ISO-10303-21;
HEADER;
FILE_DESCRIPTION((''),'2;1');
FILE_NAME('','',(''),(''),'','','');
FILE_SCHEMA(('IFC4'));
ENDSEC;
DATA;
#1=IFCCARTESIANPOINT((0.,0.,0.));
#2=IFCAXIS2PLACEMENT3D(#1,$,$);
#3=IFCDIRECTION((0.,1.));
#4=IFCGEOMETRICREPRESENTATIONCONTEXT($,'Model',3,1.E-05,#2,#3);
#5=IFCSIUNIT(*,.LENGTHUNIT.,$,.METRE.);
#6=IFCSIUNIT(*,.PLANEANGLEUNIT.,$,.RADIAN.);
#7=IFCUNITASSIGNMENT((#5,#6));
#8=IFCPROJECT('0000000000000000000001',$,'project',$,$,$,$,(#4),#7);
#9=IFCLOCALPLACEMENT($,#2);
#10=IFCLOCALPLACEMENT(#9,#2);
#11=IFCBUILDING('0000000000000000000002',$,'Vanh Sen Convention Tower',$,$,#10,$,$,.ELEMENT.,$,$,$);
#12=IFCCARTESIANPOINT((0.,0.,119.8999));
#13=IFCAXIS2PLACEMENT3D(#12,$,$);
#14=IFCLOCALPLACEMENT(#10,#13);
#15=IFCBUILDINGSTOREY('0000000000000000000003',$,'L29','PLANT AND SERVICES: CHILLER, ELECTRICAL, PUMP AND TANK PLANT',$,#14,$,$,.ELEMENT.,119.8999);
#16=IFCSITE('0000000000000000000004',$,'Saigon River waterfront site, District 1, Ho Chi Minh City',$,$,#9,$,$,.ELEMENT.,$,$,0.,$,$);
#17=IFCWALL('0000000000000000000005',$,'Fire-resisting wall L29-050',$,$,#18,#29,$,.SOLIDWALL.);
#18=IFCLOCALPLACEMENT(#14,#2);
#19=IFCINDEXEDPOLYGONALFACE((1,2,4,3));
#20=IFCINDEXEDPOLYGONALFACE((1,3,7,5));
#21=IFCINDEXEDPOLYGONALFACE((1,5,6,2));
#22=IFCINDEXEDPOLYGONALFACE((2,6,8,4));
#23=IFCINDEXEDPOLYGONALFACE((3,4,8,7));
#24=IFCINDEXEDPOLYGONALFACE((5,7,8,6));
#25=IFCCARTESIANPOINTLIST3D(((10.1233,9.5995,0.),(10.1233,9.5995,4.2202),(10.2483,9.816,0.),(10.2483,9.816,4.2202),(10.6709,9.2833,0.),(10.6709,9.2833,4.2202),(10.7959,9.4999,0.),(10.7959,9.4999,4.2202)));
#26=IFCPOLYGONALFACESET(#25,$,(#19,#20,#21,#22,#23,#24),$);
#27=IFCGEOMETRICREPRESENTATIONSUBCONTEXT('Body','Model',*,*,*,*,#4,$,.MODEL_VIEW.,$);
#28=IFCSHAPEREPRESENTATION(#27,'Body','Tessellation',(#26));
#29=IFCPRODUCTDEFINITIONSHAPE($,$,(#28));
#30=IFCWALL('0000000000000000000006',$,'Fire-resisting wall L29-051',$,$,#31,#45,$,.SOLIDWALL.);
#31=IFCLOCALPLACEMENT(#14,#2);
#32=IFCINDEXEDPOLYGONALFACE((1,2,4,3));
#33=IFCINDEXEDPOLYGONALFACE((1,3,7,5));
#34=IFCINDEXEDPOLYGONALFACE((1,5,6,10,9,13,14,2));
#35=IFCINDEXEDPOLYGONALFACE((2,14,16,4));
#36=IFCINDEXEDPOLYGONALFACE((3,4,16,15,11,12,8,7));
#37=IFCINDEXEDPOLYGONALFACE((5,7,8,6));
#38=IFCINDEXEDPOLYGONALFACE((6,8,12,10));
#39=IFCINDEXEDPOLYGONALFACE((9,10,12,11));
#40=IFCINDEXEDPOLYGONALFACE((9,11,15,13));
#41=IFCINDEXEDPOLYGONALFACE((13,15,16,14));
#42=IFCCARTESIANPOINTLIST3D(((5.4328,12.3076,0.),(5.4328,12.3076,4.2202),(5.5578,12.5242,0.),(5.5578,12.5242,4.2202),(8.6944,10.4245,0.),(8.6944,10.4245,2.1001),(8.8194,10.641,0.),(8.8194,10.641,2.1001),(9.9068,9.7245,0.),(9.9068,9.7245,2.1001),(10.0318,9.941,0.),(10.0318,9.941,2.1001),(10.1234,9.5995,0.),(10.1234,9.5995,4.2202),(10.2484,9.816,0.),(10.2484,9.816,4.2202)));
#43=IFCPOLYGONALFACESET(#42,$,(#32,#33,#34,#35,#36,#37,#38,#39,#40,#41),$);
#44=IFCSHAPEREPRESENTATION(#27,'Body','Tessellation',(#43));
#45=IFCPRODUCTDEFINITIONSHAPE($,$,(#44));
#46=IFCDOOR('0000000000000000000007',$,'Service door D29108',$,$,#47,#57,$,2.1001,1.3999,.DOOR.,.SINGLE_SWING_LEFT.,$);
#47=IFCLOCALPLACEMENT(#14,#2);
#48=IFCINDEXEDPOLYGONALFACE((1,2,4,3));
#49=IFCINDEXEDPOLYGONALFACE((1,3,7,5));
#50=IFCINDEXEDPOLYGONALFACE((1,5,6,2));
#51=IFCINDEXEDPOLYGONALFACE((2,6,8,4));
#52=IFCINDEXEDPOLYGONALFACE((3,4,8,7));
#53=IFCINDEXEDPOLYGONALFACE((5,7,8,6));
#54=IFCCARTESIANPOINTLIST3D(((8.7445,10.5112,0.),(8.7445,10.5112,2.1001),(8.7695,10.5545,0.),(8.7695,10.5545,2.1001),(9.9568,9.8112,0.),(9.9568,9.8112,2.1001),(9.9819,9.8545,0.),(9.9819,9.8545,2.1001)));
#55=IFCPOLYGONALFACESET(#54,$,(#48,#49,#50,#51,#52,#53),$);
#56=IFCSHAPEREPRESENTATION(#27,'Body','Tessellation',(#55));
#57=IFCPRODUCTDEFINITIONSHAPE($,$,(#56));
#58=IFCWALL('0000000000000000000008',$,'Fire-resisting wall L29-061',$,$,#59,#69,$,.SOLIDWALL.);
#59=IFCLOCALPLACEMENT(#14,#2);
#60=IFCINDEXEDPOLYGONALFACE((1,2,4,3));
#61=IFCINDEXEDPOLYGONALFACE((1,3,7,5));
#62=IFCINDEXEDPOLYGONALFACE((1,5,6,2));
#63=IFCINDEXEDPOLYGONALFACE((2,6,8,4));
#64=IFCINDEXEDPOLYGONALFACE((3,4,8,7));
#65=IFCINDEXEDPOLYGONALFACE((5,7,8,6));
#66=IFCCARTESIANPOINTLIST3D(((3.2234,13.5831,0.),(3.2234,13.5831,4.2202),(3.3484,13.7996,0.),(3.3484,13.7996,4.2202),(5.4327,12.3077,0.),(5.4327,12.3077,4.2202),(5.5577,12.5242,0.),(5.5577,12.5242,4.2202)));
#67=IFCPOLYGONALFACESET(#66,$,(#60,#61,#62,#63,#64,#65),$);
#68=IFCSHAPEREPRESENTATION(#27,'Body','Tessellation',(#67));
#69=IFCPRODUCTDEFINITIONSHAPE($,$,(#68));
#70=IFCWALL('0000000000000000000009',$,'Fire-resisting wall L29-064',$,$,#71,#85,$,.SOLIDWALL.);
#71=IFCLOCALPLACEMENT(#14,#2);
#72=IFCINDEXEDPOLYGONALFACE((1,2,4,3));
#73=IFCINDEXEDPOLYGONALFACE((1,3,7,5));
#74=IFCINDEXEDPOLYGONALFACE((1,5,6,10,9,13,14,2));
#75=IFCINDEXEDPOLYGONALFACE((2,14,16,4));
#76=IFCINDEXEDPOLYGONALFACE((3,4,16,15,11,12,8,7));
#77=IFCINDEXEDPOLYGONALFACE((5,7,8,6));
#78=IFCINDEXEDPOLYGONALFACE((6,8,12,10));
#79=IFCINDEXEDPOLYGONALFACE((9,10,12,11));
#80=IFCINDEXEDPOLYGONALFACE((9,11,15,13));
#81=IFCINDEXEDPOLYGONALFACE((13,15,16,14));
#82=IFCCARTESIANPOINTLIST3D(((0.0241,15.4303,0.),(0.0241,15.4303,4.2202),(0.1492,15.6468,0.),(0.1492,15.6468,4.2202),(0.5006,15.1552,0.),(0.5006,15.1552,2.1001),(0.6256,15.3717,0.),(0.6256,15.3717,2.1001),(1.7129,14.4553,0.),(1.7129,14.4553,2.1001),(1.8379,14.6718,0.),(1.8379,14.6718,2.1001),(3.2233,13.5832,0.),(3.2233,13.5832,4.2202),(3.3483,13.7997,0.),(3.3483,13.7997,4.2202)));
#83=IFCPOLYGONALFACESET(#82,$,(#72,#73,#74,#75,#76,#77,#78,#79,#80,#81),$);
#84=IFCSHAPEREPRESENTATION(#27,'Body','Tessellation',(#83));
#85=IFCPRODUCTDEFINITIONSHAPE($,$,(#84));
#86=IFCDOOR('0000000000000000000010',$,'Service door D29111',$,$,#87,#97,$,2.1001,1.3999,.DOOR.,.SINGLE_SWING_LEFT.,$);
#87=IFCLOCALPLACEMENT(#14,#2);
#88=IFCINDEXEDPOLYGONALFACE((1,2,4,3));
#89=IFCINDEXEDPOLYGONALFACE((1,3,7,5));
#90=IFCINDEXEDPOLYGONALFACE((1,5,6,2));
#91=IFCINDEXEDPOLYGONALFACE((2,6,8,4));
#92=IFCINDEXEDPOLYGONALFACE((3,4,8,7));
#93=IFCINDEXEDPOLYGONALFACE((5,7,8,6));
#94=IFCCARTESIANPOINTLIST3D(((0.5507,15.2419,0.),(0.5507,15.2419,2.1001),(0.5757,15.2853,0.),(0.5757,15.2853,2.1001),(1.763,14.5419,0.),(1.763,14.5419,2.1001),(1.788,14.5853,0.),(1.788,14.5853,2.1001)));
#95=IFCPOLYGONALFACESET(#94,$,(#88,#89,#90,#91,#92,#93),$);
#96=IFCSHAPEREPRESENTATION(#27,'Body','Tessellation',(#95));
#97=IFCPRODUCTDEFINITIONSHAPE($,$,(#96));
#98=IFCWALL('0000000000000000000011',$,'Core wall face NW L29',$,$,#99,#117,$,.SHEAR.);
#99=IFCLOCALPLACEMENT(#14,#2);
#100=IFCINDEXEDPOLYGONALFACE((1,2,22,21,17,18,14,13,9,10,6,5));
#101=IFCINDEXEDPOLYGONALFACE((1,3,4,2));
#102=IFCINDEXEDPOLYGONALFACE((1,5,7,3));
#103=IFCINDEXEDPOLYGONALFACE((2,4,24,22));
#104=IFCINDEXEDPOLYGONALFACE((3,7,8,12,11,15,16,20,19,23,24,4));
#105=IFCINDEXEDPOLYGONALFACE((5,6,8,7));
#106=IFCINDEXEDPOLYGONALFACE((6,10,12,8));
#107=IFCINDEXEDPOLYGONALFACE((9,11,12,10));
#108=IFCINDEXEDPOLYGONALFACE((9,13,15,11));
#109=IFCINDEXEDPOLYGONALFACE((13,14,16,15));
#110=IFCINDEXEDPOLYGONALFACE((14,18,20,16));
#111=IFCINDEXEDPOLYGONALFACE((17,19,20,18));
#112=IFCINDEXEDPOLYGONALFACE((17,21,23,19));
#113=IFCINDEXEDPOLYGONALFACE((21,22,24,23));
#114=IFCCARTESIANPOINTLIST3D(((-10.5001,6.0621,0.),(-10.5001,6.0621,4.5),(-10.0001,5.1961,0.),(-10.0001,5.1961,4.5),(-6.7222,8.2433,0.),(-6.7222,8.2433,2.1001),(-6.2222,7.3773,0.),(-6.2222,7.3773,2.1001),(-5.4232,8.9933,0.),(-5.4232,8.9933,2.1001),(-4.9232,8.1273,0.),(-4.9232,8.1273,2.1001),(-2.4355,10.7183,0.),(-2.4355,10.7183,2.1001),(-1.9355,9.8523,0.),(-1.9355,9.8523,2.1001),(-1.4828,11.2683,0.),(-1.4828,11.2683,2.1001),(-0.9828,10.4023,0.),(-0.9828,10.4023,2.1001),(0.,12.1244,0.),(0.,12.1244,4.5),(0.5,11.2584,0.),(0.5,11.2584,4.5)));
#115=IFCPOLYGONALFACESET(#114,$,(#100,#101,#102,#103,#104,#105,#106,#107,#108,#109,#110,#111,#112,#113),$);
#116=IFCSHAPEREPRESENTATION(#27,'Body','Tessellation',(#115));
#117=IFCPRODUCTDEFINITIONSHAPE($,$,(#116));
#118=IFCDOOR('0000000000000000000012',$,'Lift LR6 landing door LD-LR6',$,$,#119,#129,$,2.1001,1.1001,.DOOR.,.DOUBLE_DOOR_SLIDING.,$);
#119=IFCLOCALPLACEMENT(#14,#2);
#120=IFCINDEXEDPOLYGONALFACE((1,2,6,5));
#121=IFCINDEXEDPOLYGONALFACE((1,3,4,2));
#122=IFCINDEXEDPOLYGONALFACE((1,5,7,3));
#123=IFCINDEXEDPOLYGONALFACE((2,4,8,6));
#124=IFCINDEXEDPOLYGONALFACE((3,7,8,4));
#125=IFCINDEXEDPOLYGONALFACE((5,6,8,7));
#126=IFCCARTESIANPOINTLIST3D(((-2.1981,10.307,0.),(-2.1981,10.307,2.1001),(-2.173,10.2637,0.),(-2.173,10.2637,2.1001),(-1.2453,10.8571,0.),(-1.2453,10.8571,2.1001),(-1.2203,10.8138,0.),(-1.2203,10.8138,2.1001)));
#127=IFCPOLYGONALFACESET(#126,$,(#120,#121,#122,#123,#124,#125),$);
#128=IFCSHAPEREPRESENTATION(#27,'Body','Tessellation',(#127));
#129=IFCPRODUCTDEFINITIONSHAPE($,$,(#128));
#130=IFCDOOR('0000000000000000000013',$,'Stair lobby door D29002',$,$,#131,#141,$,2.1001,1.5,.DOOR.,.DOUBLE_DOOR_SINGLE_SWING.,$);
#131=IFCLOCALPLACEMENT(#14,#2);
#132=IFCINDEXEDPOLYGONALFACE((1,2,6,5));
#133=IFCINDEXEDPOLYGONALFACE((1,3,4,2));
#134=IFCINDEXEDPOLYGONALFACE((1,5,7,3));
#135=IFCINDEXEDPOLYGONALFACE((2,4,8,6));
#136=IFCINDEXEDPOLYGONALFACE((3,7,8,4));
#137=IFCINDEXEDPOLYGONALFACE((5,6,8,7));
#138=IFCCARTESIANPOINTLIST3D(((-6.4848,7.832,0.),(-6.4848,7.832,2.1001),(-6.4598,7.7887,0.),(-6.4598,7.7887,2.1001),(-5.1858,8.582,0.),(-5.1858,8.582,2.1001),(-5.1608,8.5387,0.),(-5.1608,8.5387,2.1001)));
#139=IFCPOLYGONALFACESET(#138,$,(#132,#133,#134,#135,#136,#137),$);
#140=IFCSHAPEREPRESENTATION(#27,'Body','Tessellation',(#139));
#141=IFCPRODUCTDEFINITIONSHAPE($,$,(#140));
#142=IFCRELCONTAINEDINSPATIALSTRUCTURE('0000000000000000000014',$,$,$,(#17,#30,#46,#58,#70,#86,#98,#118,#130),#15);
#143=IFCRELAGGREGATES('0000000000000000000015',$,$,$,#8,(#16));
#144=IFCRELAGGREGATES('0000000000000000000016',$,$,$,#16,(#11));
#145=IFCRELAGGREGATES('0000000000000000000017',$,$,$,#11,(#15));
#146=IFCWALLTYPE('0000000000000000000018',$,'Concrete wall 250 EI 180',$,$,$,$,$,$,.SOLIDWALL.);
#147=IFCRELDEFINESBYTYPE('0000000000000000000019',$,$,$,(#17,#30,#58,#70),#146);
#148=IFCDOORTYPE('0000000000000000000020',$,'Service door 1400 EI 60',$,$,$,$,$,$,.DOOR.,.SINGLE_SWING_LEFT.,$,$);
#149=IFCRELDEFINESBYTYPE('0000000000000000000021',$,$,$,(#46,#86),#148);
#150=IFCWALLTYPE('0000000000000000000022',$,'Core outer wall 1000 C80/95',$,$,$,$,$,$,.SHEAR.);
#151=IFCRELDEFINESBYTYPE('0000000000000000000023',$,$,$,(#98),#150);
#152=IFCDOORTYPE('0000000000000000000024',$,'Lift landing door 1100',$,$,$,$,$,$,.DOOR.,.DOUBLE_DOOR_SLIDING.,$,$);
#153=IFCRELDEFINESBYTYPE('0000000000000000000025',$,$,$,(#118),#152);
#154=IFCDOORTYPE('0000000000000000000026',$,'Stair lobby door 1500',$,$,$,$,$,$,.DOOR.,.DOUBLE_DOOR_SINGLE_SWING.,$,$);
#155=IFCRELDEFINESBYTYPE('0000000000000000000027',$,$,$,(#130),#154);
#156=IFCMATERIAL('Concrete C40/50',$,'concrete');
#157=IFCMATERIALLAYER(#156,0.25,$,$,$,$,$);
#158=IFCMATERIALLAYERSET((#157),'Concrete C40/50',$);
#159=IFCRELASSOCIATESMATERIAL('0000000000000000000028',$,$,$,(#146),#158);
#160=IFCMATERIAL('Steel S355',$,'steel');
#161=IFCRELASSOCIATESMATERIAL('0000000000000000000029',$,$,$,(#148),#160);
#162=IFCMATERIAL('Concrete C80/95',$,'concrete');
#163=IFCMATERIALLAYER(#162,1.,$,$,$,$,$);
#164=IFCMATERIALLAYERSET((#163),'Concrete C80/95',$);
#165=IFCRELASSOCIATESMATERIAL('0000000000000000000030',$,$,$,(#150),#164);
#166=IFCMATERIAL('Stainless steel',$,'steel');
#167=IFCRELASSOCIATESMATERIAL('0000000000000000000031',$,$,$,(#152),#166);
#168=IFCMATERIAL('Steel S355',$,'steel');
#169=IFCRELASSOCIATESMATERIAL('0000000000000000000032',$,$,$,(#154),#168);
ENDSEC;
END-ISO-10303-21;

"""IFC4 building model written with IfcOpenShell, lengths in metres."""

from ifc_helpers import new_model, si_unit, direction, frame, frame_2d, origin, place, context, subcontext, project, spatial, rectangle, extrude, material, layer, layer_set, type_object, element, fill, save


model = new_model("IFC4")

# Units and contexts
model_context = context("Model", 3, precision=1e-05, world=origin(), true_north=direction((0.0, 1.0)))
body_context = subcontext(model_context, "Body", "Model", "MODEL_VIEW")
ifc_project = project(units=[si_unit("LENGTHUNIT", "METRE"), si_unit("PLANEANGLEUNIT", "RADIAN")], contexts=[model_context])

# Site, building, storey
site_placement = place(None, origin())
site = spatial("IfcSite", under=ifc_project, at=site_placement, Name="Saigon River waterfront site, District 1, Ho Chi Minh City", CompositionType="ELEMENT", RefElevation=0.0)
building_placement = place(site_placement, origin())
building = spatial("IfcBuilding", under=site, at=building_placement, Name="Vanh Sen Convention Tower", CompositionType="ELEMENT")
storey_placement = place(building_placement, frame((0.0, 0.0, 119.8999)))
storey = spatial("IfcBuildingStorey", under=building, at=storey_placement, Name="L29", Description="PLANT AND SERVICES: CHILLER, ELECTRICAL, PUMP AND TANK PLANT", CompositionType="ELEMENT", Elevation=119.8999)

# Wall
ifc_material_1 = material(Name="Concrete C40/50", Category="concrete")
ifc_layer_1 = layer(ifc_material_1, 0.25)
ifc_layer_set_1 = layer_set([ifc_layer_1], Name="Concrete C40/50")
wall_type_1 = type_object("IfcWallType", Name="Concrete wall 250 EI 180", PredefinedType="SOLIDWALL", material=ifc_layer_set_1)
wall_1_placement = place(storey_placement, frame((10.1858, 9.7078, 0.0), z_axis=(0.0, 0.0, 1.0), x_axis=(0.866025, -0.500001, 0.0)))
element("IfcWall", 1, at=wall_1_placement, inside=storey, type_object=wall_type_1, Name="Fire-resisting wall L29-050", PredefinedType="SOLIDWALL", context=body_context, shape_type="SweptSolid", body=[
    extrude(rectangle(XDim=0.6323, YDim=0.25, at=frame_2d((0.3162, 0.0))), origin(), (0.0, 0.0, 1.0), 4.2202),
])

# Wall, opening, door
wall_2_placement = place(storey_placement, frame((10.1858, 9.7078, 0.0), z_axis=(0.0, 0.0, 1.0), x_axis=(-0.866018, 0.500012, 0.0)))
wall_2 = element("IfcWall", 2, at=wall_2_placement, inside=storey, type_object=wall_type_1, Name="Fire-resisting wall L29-051", PredefinedType="SOLIDWALL", context=body_context, shape_type="SweptSolid", body=[
    extrude(rectangle(XDim=5.4163, YDim=0.25, at=frame_2d((2.708, 0.0))), origin(), (0.0, 0.0, 1.0), 4.2202),
])
opening_1_placement = place(wall_2_placement, frame((0.25, 0.0, 0.0)))
opening_1 = element("IfcOpeningElement", 3, at=opening_1_placement, cuts=wall_2, PredefinedType="OPENING", context=body_context, shape_type="SweptSolid", body=[
    extrude(rectangle(XDim=1.3999, YDim=2.1001, at=frame_2d((0.7, 1.05))), frame((0.0, 0.135, 0.0), z_axis=(0.0, -1.0, 0.0), x_axis=(1.0, 0.0, 0.0)), (0.0, 0.0, 1.0), 0.27),
])
ifc_material_2 = material(Name="Steel S355", Category="steel")
door_type_1 = type_object("IfcDoorType", Name="Service door 1400 EI 60", OperationType="SINGLE_SWING_LEFT", PredefinedType="DOOR", material=ifc_material_2)
door_1_placement = place(opening_1_placement, origin())
door_1 = element("IfcDoor", 4, at=door_1_placement, inside=storey, type_object=door_type_1, Name="Service door D29108", OperationType="SINGLE_SWING_LEFT", OverallHeight=2.1001, OverallWidth=1.3999, PredefinedType="DOOR", context=body_context, shape_type="SweptSolid", body=[
    extrude(rectangle(XDim=1.3999, YDim=2.1001, at=frame_2d((0.7, 1.05))), frame((0.0, 0.0249, 0.0), z_axis=(0.0, -1.0, 0.0), x_axis=(1.0, 0.0, 0.0)), (0.0, 0.0, 1.0), 0.05),
])
fill(opening_1, door_1)

# Wall
wall_3_placement = place(storey_placement, frame((5.4951, 12.416, 0.0), z_axis=(0.0, 0.0, 1.0), x_axis=(-0.866044, 0.499968, 0.0)))
element("IfcWall", 5, at=wall_3_placement, inside=storey, type_object=wall_type_1, Name="Fire-resisting wall L29-061", PredefinedType="SOLIDWALL", context=body_context, shape_type="SweptSolid", body=[
    extrude(rectangle(XDim=2.551, YDim=0.25, at=frame_2d((1.2754, 0.0))), origin(), (0.0, 0.0, 1.0), 4.2202),
])

# Wall, opening, door
wall_4_placement = place(storey_placement, frame((3.2859, 13.6914, 0.0), z_axis=(0.0, 0.0, 1.0), x_axis=(-0.866014, 0.50002, 0.0)))
wall_4 = element("IfcWall", 6, at=wall_4_placement, inside=storey, type_object=wall_type_1, Name="Fire-resisting wall L29-064", PredefinedType="SOLIDWALL", context=body_context, shape_type="SweptSolid", body=[
    extrude(rectangle(XDim=3.6941, YDim=0.25, at=frame_2d((1.8472, 0.0))), origin(), (0.0, 0.0, 1.0), 4.2202),
])
opening_2_placement = place(wall_4_placement, frame((1.7441, 0.0, 0.0)))
opening_2 = element("IfcOpeningElement", 7, at=opening_2_placement, cuts=wall_4, PredefinedType="OPENING", context=body_context, shape_type="SweptSolid", body=[
    extrude(rectangle(XDim=1.3999, YDim=2.1001, at=frame_2d((0.7, 1.05))), frame((0.0, 0.135, 0.0), z_axis=(0.0, -1.0, 0.0), x_axis=(1.0, 0.0, 0.0)), (0.0, 0.0, 1.0), 0.27),
])
door_2_placement = place(opening_2_placement, origin())
door_2 = element("IfcDoor", 8, at=door_2_placement, inside=storey, type_object=door_type_1, Name="Service door D29111", OperationType="SINGLE_SWING_LEFT", OverallHeight=2.1001, OverallWidth=1.3999, PredefinedType="DOOR", context=body_context, shape_type="SweptSolid", body=[
    extrude(rectangle(XDim=1.3999, YDim=2.1001, at=frame_2d((0.7, 1.05))), frame((0.0, 0.0249, 0.0), z_axis=(0.0, -1.0, 0.0), x_axis=(1.0, 0.0, 0.0)), (0.0, 0.0, 1.0), 0.05),
])
fill(opening_2, door_2)

# Wall, openings, doors
ifc_material_3 = material(Name="Concrete C80/95", Category="concrete")
ifc_layer_2 = layer(ifc_material_3, 1.0)
ifc_layer_set_2 = layer_set([ifc_layer_2], Name="Concrete C80/95")
wall_type_2 = type_object("IfcWallType", Name="Core outer wall 1000 C80/95", PredefinedType="SHEAR", material=ifc_layer_set_2)
wall_5_placement = place(storey_placement, frame((0.25, 11.6914, 0.0), z_axis=(0.0, 0.0, 1.0), x_axis=(-0.866023, -0.500005, 0.0)))
wall_5 = element("IfcWall", 9, at=wall_5_placement, inside=storey, type_object=wall_type_2, Name="Core wall face NW L29", PredefinedType="SHEAR", context=body_context, shape_type="SweptSolid", body=[
    extrude(rectangle(XDim=12.1245, YDim=1.0, at=frame_2d((6.0623, 0.0))), origin(), (0.0, 0.0, 1.0), 4.5),
])
opening_3_placement = place(wall_5_placement, frame((6.2622, 0.0, 0.0)))
opening_3 = element("IfcOpeningElement", 10, at=opening_3_placement, cuts=wall_5, PredefinedType="OPENING", context=body_context, shape_type="SweptSolid", body=[
    extrude(rectangle(XDim=1.5, YDim=2.1001, at=frame_2d((0.75, 1.05))), frame((0.0, 0.51, 0.0), z_axis=(0.0, -1.0, 0.0), x_axis=(1.0, 0.0, 0.0)), (0.0, 0.0, 1.0), 1.02),
])
opening_4_placement = place(wall_5_placement, frame((1.7122, 0.0, 0.0)))
opening_4 = element("IfcOpeningElement", 11, at=opening_4_placement, cuts=wall_5, PredefinedType="OPENING", context=body_context, shape_type="SweptSolid", body=[
    extrude(rectangle(XDim=1.1001, YDim=2.1001, at=frame_2d((0.55, 1.05))), frame((0.0, 0.51, 0.0), z_axis=(0.0, -1.0, 0.0), x_axis=(1.0, 0.0, 0.0)), (0.0, 0.0, 1.0), 1.02),
])
ifc_material_4 = material(Name="Stainless steel", Category="steel")
door_type_2 = type_object("IfcDoorType", Name="Lift landing door 1100", OperationType="DOUBLE_DOOR_SLIDING", PredefinedType="DOOR", material=ifc_material_4)
door_3_placement = place(opening_4_placement, origin())
door_3 = element("IfcDoor", 12, at=door_3_placement, inside=storey, type_object=door_type_2, Name="Lift LR6 landing door LD-LR6", OperationType="DOUBLE_DOOR_SLIDING", OverallHeight=2.1001, OverallWidth=1.1001, PredefinedType="DOOR", context=body_context, shape_type="SweptSolid", body=[
    extrude(rectangle(XDim=1.1001, YDim=2.1001, at=frame_2d((0.55, 1.05))), frame((0.0, 0.0249, 0.0), z_axis=(0.0, -1.0, 0.0), x_axis=(1.0, 0.0, 0.0)), (0.0, 0.0, 1.0), 0.05),
])
fill(opening_4, door_3)
ifc_material_5 = material(Name="Steel S355", Category="steel")
door_type_3 = type_object("IfcDoorType", Name="Stair lobby door 1500", OperationType="DOUBLE_DOOR_SINGLE_SWING", PredefinedType="DOOR", material=ifc_material_5)
door_4_placement = place(opening_3_placement, origin())
door_4 = element("IfcDoor", 13, at=door_4_placement, inside=storey, type_object=door_type_3, Name="Stair lobby door D29002", OperationType="DOUBLE_DOOR_SINGLE_SWING", OverallHeight=2.1001, OverallWidth=1.5, PredefinedType="DOOR", context=body_context, shape_type="SweptSolid", body=[
    extrude(rectangle(XDim=1.5, YDim=2.1001, at=frame_2d((0.75, 1.05))), frame((0.0, 0.0249, 0.0), z_axis=(0.0, -1.0, 0.0), x_axis=(1.0, 0.0, 0.0)), (0.0, 0.0, 1.0), 0.05),
])
fill(opening_3, door_4)

save(model, "model.ifc")
